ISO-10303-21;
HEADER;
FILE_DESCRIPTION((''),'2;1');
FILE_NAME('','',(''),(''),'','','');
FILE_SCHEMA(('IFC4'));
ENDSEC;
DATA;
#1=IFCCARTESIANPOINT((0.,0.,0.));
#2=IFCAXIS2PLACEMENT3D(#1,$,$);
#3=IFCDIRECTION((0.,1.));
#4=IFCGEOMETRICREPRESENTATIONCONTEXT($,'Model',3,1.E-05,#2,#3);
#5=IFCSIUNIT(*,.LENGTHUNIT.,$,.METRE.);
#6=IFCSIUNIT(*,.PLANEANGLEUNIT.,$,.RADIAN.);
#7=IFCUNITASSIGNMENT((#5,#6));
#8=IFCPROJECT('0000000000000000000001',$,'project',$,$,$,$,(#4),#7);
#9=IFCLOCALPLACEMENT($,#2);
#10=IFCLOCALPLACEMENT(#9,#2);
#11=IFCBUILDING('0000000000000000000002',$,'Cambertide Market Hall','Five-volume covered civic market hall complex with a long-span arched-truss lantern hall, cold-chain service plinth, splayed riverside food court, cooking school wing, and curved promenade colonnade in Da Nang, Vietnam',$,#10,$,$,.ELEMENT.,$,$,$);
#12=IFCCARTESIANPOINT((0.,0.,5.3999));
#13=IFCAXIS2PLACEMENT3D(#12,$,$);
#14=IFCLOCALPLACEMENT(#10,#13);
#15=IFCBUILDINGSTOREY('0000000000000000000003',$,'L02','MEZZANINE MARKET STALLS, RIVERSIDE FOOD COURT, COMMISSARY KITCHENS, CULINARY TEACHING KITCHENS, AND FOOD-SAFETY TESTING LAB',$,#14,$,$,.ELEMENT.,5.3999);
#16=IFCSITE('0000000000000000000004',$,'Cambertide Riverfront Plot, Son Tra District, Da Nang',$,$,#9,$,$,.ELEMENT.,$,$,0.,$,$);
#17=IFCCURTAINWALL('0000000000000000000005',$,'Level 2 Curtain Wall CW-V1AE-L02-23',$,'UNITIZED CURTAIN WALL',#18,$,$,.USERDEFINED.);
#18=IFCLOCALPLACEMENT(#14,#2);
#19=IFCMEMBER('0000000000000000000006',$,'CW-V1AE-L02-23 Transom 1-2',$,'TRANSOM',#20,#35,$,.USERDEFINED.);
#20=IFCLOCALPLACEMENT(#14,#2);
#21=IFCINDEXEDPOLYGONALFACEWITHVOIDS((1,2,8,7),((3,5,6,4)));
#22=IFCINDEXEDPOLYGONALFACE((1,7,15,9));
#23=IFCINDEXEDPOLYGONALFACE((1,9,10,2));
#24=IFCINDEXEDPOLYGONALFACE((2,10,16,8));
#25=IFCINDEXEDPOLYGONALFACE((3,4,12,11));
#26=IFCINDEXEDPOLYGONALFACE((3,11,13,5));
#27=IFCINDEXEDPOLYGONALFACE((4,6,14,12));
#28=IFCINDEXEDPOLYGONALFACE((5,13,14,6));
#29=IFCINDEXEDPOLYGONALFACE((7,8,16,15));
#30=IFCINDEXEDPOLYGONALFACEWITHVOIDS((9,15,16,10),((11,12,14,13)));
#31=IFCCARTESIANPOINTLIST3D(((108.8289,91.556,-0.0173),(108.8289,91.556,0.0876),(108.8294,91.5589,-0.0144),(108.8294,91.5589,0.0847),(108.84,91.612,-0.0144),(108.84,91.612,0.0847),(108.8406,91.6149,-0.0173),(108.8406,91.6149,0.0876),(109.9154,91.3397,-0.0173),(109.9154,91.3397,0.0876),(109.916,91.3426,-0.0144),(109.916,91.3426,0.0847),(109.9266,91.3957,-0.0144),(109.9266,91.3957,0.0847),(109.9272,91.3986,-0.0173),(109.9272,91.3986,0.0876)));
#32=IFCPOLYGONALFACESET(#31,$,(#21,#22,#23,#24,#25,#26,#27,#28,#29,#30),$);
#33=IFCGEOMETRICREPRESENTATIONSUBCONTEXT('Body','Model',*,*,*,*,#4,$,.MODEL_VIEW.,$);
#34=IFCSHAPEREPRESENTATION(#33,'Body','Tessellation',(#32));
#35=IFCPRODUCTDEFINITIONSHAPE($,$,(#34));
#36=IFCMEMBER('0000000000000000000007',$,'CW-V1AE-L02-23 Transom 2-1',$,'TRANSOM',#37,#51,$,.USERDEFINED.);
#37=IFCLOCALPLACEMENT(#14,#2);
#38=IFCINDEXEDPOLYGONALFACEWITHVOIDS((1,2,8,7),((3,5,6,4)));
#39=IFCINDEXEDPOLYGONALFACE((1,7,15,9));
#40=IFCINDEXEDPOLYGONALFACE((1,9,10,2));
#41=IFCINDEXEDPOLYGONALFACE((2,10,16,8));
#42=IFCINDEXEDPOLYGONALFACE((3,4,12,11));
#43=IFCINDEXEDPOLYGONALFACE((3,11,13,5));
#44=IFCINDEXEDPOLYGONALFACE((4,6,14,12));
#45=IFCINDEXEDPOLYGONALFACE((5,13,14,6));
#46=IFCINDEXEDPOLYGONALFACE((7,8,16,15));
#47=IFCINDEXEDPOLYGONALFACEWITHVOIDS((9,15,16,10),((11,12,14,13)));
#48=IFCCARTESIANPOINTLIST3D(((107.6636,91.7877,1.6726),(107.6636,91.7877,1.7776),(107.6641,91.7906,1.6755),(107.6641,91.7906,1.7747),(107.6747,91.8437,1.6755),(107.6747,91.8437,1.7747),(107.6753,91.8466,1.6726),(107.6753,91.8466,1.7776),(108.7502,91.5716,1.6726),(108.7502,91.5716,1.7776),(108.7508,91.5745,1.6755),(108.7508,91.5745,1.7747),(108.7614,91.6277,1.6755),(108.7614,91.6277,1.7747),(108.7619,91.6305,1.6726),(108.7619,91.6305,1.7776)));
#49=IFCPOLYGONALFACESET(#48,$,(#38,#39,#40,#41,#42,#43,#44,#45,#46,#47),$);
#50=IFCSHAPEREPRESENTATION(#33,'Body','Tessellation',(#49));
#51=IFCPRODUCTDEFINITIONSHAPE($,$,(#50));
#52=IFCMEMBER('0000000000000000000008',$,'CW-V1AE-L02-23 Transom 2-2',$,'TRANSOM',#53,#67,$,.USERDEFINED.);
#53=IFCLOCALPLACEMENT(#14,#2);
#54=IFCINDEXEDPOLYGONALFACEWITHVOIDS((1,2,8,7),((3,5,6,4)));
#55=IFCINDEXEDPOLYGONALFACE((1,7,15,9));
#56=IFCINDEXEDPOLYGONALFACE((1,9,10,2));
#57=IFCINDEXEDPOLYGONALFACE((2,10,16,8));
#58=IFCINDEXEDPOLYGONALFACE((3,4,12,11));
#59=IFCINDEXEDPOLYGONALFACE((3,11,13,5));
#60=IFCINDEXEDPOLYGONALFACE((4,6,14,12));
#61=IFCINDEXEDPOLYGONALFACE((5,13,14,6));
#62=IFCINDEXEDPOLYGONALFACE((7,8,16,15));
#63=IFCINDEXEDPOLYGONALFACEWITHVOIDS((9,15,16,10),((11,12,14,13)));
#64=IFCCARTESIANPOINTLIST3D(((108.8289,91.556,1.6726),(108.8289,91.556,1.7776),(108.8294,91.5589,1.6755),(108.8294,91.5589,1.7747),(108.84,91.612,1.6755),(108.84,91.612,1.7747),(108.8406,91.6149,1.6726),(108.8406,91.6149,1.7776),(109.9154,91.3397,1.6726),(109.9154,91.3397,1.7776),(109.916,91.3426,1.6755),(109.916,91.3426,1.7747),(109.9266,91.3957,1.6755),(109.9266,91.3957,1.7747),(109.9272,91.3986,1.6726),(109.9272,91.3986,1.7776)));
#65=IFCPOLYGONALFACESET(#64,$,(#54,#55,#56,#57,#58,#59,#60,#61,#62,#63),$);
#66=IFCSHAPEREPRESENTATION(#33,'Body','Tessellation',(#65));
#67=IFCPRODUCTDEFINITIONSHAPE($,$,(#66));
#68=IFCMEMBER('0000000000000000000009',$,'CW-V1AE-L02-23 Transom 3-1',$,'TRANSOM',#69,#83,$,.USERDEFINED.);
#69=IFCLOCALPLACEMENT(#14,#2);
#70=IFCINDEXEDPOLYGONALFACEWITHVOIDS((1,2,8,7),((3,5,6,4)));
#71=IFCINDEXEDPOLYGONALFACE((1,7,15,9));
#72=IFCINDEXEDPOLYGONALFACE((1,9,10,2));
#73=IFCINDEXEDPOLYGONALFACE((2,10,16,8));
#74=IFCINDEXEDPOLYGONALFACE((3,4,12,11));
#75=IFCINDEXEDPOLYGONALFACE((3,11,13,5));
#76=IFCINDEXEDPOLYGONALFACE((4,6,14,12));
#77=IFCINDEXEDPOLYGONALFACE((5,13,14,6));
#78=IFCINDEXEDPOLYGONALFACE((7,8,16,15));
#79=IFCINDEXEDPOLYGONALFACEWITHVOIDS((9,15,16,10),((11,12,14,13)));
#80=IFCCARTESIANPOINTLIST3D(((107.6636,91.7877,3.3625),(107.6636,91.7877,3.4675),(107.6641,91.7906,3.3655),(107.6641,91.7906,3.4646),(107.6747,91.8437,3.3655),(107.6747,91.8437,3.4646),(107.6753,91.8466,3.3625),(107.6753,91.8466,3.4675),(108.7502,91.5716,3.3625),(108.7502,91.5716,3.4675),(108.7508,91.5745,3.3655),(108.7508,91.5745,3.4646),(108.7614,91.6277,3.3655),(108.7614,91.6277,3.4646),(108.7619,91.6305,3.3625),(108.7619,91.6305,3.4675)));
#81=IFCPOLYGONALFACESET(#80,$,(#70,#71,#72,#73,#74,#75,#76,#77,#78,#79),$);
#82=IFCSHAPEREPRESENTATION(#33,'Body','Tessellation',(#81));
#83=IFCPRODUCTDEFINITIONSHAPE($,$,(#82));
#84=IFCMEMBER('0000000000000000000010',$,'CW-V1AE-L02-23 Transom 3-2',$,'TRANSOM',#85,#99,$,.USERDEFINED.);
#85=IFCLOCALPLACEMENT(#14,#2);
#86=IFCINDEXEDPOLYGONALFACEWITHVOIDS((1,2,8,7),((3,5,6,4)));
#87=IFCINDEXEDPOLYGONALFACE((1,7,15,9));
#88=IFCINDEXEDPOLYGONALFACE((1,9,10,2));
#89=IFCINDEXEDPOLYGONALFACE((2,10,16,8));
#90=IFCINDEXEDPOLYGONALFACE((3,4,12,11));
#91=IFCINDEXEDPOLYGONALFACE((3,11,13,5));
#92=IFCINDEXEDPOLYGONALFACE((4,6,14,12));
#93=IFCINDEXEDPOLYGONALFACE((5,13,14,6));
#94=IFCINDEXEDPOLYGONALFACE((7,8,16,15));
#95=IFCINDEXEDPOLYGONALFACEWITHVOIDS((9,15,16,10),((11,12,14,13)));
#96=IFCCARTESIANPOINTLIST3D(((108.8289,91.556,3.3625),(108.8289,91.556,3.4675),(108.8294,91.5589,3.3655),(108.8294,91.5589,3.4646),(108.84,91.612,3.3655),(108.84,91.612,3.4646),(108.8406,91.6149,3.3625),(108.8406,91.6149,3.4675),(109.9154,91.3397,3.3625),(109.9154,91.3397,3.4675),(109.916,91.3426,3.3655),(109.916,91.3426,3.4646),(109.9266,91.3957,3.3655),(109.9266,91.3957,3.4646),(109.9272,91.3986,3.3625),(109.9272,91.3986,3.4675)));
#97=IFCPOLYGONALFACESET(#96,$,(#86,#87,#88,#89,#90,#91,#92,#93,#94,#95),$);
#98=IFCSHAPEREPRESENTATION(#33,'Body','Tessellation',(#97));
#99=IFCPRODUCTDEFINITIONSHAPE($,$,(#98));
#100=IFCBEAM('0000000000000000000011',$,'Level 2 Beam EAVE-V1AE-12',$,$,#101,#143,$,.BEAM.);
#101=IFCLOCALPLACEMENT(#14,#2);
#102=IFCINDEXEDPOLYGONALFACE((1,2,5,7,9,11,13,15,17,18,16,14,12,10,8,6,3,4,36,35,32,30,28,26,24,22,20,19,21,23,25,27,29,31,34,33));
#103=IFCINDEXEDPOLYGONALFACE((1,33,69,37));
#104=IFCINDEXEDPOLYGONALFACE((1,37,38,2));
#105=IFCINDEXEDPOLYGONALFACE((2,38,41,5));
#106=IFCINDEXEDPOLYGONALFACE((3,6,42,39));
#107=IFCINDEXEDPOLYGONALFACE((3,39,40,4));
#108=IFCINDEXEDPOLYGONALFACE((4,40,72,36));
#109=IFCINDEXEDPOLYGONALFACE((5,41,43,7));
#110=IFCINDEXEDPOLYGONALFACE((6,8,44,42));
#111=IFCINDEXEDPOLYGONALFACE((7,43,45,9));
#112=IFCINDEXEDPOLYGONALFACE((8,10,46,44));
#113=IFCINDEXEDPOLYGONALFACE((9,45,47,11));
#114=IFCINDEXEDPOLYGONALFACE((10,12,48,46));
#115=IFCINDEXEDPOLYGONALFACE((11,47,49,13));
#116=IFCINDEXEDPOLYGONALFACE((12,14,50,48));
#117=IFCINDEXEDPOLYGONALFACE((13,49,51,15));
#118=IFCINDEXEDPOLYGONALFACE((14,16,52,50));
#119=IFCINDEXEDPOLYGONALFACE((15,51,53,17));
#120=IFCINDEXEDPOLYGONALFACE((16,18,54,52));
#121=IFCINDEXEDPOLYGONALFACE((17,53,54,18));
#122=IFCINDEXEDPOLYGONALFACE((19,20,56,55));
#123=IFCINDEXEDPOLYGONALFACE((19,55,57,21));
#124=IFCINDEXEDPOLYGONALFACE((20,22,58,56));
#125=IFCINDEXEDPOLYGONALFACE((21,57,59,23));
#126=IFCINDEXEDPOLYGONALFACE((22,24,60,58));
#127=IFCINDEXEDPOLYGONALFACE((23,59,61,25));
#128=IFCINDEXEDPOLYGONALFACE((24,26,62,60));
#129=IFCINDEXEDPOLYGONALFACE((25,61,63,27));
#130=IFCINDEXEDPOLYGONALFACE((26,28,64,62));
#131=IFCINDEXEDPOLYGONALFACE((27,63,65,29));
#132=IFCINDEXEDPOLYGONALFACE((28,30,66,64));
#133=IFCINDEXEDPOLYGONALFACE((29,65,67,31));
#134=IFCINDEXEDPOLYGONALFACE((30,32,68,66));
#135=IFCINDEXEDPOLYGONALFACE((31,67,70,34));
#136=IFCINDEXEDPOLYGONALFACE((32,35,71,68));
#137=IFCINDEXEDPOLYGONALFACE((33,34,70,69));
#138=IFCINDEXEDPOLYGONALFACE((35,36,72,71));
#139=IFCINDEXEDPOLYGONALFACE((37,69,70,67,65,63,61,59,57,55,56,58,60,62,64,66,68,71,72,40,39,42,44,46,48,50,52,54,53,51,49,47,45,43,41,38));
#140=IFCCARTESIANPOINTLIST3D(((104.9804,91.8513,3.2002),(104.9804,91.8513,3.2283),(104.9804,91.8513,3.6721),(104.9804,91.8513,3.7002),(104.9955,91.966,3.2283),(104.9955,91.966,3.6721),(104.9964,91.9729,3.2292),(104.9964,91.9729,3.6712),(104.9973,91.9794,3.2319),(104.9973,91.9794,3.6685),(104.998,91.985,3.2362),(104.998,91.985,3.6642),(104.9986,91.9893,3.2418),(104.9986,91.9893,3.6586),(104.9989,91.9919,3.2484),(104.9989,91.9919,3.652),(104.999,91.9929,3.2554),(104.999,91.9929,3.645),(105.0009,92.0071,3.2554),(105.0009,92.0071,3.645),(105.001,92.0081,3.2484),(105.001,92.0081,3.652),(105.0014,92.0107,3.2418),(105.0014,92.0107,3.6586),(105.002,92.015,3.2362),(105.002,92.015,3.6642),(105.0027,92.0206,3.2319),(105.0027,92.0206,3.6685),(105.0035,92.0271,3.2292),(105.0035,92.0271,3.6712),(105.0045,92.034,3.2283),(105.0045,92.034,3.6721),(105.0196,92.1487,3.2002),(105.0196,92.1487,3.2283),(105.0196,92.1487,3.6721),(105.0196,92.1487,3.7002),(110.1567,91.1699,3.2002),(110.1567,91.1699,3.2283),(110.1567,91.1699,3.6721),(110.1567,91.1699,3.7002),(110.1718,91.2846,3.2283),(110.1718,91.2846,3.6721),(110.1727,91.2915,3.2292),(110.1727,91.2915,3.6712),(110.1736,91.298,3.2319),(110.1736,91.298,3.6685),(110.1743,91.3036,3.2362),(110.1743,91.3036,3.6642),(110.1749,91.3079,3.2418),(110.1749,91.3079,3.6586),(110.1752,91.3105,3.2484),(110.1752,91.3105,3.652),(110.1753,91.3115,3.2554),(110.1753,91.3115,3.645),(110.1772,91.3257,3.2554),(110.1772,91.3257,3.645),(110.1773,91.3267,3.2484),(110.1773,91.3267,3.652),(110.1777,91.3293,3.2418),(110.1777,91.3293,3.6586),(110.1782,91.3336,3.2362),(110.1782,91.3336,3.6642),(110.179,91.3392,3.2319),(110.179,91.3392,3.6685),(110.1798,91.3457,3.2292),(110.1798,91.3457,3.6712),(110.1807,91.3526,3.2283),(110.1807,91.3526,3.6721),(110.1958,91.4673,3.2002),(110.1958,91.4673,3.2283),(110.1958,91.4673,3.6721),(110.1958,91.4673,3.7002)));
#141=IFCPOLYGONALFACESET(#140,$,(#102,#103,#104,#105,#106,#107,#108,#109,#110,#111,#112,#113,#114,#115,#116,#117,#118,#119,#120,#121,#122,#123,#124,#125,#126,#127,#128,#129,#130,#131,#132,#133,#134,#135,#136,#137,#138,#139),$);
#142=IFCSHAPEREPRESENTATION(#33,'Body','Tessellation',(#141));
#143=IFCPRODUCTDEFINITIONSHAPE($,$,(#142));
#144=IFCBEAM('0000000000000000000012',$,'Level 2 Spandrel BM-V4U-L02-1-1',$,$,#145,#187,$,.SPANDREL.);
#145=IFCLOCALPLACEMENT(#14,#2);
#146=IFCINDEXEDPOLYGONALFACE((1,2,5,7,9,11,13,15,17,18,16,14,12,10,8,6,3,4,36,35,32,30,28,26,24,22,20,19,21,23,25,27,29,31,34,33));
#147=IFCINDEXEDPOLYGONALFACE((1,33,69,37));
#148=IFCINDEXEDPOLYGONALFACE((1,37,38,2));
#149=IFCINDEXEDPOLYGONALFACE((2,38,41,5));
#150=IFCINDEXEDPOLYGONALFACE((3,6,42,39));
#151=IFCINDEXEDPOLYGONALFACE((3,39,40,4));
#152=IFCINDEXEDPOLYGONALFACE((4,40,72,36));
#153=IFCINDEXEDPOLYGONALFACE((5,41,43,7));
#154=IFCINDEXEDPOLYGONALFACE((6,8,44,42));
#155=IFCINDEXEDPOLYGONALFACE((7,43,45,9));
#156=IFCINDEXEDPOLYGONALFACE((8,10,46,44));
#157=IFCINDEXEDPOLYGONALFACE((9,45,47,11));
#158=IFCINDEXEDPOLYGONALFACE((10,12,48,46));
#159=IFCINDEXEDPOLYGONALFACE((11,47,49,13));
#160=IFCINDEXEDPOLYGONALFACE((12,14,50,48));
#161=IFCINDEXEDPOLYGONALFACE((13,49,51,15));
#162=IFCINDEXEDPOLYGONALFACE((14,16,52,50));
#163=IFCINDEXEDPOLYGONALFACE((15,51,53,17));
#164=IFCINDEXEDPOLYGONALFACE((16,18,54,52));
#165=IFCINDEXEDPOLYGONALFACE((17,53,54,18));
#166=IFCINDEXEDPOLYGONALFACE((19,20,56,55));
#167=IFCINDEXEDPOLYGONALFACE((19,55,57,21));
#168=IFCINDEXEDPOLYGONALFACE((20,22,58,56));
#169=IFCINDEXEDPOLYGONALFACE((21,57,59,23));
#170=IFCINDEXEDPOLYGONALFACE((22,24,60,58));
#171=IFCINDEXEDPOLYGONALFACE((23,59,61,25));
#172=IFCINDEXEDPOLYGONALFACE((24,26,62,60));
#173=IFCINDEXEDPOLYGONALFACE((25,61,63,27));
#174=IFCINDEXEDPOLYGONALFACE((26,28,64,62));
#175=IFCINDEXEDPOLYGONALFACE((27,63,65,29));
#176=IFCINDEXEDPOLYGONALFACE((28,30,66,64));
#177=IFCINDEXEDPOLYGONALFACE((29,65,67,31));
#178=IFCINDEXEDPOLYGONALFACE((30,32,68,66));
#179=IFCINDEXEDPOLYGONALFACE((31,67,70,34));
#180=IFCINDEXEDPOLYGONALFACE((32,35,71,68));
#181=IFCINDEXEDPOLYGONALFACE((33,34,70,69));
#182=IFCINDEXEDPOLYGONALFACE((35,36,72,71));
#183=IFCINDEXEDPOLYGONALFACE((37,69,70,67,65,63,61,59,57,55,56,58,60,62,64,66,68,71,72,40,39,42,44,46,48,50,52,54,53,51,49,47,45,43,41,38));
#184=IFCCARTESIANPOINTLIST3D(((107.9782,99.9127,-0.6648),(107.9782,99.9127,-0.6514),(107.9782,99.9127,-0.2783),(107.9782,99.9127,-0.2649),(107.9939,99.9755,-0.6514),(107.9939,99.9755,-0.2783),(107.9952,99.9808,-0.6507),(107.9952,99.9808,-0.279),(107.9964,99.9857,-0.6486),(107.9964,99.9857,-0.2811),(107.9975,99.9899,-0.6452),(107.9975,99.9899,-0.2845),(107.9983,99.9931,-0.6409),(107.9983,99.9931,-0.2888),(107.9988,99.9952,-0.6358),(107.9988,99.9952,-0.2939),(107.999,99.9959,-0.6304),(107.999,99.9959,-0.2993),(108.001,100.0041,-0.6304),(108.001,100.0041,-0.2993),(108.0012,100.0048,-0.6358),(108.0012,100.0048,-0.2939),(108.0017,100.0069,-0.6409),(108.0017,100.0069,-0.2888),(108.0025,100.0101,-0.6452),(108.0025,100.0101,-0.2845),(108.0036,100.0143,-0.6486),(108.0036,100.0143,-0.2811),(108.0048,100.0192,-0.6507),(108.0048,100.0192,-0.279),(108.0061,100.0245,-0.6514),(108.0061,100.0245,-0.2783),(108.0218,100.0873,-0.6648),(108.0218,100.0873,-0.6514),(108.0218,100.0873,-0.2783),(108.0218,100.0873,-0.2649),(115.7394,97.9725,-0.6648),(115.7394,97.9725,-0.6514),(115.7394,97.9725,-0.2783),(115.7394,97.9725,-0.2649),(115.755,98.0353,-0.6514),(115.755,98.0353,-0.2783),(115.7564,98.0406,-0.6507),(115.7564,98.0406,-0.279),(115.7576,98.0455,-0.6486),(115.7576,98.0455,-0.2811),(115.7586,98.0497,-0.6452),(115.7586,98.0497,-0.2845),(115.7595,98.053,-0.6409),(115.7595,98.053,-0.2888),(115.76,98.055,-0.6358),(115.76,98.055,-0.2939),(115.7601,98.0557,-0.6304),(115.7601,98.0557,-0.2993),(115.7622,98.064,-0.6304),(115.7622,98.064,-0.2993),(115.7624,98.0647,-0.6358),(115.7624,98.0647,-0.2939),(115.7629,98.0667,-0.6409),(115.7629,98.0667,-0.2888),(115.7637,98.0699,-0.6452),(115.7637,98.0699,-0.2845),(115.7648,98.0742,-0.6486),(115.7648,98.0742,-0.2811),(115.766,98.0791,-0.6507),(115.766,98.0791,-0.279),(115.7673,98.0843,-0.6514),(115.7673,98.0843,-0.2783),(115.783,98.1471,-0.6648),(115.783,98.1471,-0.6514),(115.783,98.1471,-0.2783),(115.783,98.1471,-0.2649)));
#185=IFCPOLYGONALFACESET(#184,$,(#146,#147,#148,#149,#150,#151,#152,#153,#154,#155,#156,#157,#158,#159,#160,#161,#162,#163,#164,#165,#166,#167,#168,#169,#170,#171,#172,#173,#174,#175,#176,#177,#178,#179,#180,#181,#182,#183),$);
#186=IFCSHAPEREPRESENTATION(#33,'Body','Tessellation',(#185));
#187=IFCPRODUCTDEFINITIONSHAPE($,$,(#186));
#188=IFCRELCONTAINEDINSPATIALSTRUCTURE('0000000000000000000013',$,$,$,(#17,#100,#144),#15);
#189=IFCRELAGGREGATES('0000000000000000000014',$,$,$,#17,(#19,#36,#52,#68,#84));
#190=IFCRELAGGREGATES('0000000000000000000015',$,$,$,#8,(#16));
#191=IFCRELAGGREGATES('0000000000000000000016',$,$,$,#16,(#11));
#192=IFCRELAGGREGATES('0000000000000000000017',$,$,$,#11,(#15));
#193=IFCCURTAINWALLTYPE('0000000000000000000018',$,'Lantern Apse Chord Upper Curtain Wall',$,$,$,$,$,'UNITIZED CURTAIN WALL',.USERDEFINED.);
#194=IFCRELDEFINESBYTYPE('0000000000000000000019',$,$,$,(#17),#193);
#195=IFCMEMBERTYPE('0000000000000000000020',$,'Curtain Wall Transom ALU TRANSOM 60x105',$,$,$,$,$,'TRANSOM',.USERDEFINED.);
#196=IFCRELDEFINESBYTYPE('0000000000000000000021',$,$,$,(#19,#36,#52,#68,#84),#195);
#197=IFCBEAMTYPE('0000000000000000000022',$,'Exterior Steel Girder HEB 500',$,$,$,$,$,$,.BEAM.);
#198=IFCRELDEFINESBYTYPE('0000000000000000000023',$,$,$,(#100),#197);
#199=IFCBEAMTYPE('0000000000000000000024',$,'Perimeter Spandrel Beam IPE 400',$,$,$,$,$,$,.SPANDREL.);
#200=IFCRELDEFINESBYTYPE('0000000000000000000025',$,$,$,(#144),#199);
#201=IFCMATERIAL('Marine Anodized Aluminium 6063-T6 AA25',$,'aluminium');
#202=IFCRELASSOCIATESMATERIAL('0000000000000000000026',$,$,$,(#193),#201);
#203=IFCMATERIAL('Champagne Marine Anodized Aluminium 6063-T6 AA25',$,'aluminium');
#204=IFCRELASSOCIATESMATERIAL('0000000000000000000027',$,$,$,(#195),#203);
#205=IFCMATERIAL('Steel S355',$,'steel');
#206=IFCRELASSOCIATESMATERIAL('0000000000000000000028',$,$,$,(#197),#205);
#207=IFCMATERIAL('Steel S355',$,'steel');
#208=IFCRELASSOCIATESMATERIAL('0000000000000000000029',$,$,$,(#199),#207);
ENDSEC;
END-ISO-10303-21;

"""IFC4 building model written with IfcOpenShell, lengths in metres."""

from ifc_helpers import new_model, si_unit, direction, frame, origin, origin_2d, place, context, subcontext, project, spatial, hollow_rectangle, i_section, extrude, material, material_profile, profile_set, type_object, element, aggregate, save


model = new_model("IFC4")

# Units and contexts
model_context = context("Model", 3, precision=1e-05, world=origin(), true_north=direction((0.0, 1.0)))
body_context = subcontext(model_context, "Body", "Model", "MODEL_VIEW")
ifc_project = project(units=[si_unit("LENGTHUNIT", "METRE"), si_unit("PLANEANGLEUNIT", "RADIAN")], contexts=[model_context])

# Site, building, storey
site_placement = place(None, origin())
site = spatial("IfcSite", under=ifc_project, at=site_placement, Name="Cambertide Riverfront Plot, Son Tra District, Da Nang", CompositionType="ELEMENT", RefElevation=0.0)
building_placement = place(site_placement, origin())
building = spatial("IfcBuilding", under=site, at=building_placement, Name="Cambertide Market Hall", Description="Five-volume covered civic market hall complex with a long-span arched-truss lantern hall, cold-chain service plinth, splayed riverside food court, cooking school wing, and curved promenade colonnade in Da Nang, Vietnam", CompositionType="ELEMENT")
storey_placement = place(building_placement, frame((0.0, 0.0, 5.3999)))
storey = spatial("IfcBuildingStorey", under=building, at=storey_placement, Name="L02", Description="MEZZANINE MARKET STALLS, RIVERSIDE FOOD COURT, COMMISSARY KITCHENS, CULINARY TEACHING KITCHENS, AND FOOD-SAFETY TESTING LAB", CompositionType="ELEMENT", Elevation=5.3999)

# Curtain wall
ifc_material_1 = material(Name="Marine Anodized Aluminium 6063-T6 AA25", Category="aluminium")
curtain_wall_type = type_object("IfcCurtainWallType", Name="Lantern Apse Chord Upper Curtain Wall", ElementType="UNITIZED CURTAIN WALL", PredefinedType="USERDEFINED", material=ifc_material_1)
curtain_wall_1_placement = place(storey_placement, origin())
curtain_wall_1 = element("IfcCurtainWall", 1, at=curtain_wall_1_placement, inside=storey, type_object=curtain_wall_type, Name="Level 2 Curtain Wall CW-V1AE-L02-23", ObjectType="UNITIZED CURTAIN WALL", PredefinedType="USERDEFINED")

# Members
ifc_material_2 = material(Name="Champagne Marine Anodized Aluminium 6063-T6 AA25", Category="aluminium")
ifc_material_profile_1 = material_profile(ifc_material_2, hollow_rectangle(XDim=0.0601, YDim=0.105, WallThickness=0.0029, at=origin_2d()), Name="ALU TRANSOM 60x105")
ifc_profile_set_1 = profile_set([ifc_material_profile_1], Name="Champagne Marine Anodized Aluminium 6063-T6 AA25")
member_type_1 = type_object("IfcMemberType", Name="Curtain Wall Transom ALU TRANSOM 60x105", ElementType="TRANSOM", PredefinedType="USERDEFINED", material=ifc_profile_set_1)
member_1_placement = place(storey_placement, frame((108.8347, 91.5854, 0.0352), z_axis=(0.980758, -0.195226, 0.0), x_axis=(0.195226, 0.980758, 0.0)))
member_1 = element("IfcMember", 2, at=member_1_placement, type_object=member_type_1, Name="CW-V1AE-L02-23 Transom 1-2", ObjectType="TRANSOM", PredefinedType="USERDEFINED", context=body_context, shape_type="SweptSolid", body=[
    extrude(hollow_rectangle(XDim=0.0601, YDim=0.105, WallThickness=0.0029, at=origin_2d()), origin(), (0.0, 0.0, 1.0), 1.1079),
])
member_2_placement = place(storey_placement, frame((107.6694, 91.8171, 1.7251), z_axis=(0.9808, -0.195014, 0.0), x_axis=(0.195014, 0.9808, 0.0)))
member_2 = element("IfcMember", 3, at=member_2_placement, type_object=member_type_1, Name="CW-V1AE-L02-23 Transom 2-1", ObjectType="TRANSOM", PredefinedType="USERDEFINED", context=body_context, shape_type="SweptSolid", body=[
    extrude(hollow_rectangle(XDim=0.0601, YDim=0.105, WallThickness=0.0029, at=origin_2d()), origin(), (0.0, 0.0, 1.0), 1.1079),
])
member_3_placement = place(storey_placement, frame((108.8347, 91.5854, 1.7251), z_axis=(0.980758, -0.195226, 0.0), x_axis=(0.195226, 0.980758, 0.0)))
member_3 = element("IfcMember", 4, at=member_3_placement, type_object=member_type_1, Name="CW-V1AE-L02-23 Transom 2-2", ObjectType="TRANSOM", PredefinedType="USERDEFINED", context=body_context, shape_type="SweptSolid", body=[
    extrude(hollow_rectangle(XDim=0.0601, YDim=0.105, WallThickness=0.0029, at=origin_2d()), origin(), (0.0, 0.0, 1.0), 1.1079),
])
member_4_placement = place(storey_placement, frame((107.6694, 91.8171, 3.415), z_axis=(0.9808, -0.195014, 0.0), x_axis=(0.195014, 0.9808, 0.0)))
member_4 = element("IfcMember", 5, at=member_4_placement, type_object=member_type_1, Name="CW-V1AE-L02-23 Transom 3-1", ObjectType="TRANSOM", PredefinedType="USERDEFINED", context=body_context, shape_type="SweptSolid", body=[
    extrude(hollow_rectangle(XDim=0.0601, YDim=0.105, WallThickness=0.0029, at=origin_2d()), origin(), (0.0, 0.0, 1.0), 1.1079),
])
member_5_placement = place(storey_placement, frame((108.8347, 91.5854, 3.415), z_axis=(0.980758, -0.195226, 0.0), x_axis=(0.195226, 0.980758, 0.0)))
member_5 = element("IfcMember", 6, at=member_5_placement, type_object=member_type_1, Name="CW-V1AE-L02-23 Transom 3-2", ObjectType="TRANSOM", PredefinedType="USERDEFINED", context=body_context, shape_type="SweptSolid", body=[
    extrude(hollow_rectangle(XDim=0.0601, YDim=0.105, WallThickness=0.0029, at=origin_2d()), origin(), (0.0, 0.0, 1.0), 1.1079),
])

# Beams
ifc_material_3 = material(Name="Steel S355", Category="steel")
ifc_material_profile_2 = material_profile(ifc_material_3, i_section(OverallWidth=0.3, OverallDepth=0.5, WebThickness=0.0144, FlangeThickness=0.0281, FilletRadius=0.0271, at=origin_2d()), Name="HEB 500")
ifc_profile_set_2 = profile_set([ifc_material_profile_2], Name="Steel S355")
beam_type_1 = type_object("IfcBeamType", Name="Exterior Steel Girder HEB 500", PredefinedType="BEAM", material=ifc_profile_set_2)
beam_1_placement = place(storey_placement, frame((110.1763, 91.3186, 3.4502), z_axis=(-0.991447, 0.130513, 0.0), x_axis=(-0.130513, -0.991447, 0.0)))
element("IfcBeam", 7, at=beam_1_placement, inside=storey, type_object=beam_type_1, Name="Level 2 Beam EAVE-V1AE-12", PredefinedType="BEAM", context=body_context, shape_type="SweptSolid", body=[
    extrude(i_section(OverallWidth=0.3, OverallDepth=0.5, WebThickness=0.0144, FlangeThickness=0.0281, FilletRadius=0.0271, at=origin_2d()), origin(), (0.0, 0.0, 1.0), 5.2209),
])
ifc_material_4 = material(Name="Steel S355", Category="steel")
ifc_material_profile_3 = material_profile(ifc_material_4, i_section(OverallWidth=0.1799, OverallDepth=0.3999, WebThickness=0.0085, FlangeThickness=0.0134, FilletRadius=0.021, at=origin_2d()), Name="IPE 400")
ifc_profile_set_3 = profile_set([ifc_material_profile_3], Name="Steel S355")
beam_type_2 = type_object("IfcBeamType", Name="Perimeter Spandrel Beam IPE 400", PredefinedType="SPANDREL", material=ifc_profile_set_3)
beam_2_placement = place(storey_placement, frame((108.0, 100.0, -0.4648), z_axis=(0.970146, -0.242521, 0.0), x_axis=(0.242521, 0.970146, 0.0)))
element("IfcBeam", 8, at=beam_2_placement, inside=storey, type_object=beam_type_2, Name="Level 2 Spandrel BM-V4U-L02-1-1", PredefinedType="SPANDREL", context=body_context, shape_type="SweptSolid", body=[
    extrude(i_section(OverallWidth=0.1799, OverallDepth=0.3999, WebThickness=0.0085, FlangeThickness=0.0134, FilletRadius=0.021, at=origin_2d()), origin(), (0.0, 0.0, 1.0), 8.0),
])

aggregate(curtain_wall_1, [member_1, member_2, member_3, member_4, member_5])

save(model, "model.ifc")
